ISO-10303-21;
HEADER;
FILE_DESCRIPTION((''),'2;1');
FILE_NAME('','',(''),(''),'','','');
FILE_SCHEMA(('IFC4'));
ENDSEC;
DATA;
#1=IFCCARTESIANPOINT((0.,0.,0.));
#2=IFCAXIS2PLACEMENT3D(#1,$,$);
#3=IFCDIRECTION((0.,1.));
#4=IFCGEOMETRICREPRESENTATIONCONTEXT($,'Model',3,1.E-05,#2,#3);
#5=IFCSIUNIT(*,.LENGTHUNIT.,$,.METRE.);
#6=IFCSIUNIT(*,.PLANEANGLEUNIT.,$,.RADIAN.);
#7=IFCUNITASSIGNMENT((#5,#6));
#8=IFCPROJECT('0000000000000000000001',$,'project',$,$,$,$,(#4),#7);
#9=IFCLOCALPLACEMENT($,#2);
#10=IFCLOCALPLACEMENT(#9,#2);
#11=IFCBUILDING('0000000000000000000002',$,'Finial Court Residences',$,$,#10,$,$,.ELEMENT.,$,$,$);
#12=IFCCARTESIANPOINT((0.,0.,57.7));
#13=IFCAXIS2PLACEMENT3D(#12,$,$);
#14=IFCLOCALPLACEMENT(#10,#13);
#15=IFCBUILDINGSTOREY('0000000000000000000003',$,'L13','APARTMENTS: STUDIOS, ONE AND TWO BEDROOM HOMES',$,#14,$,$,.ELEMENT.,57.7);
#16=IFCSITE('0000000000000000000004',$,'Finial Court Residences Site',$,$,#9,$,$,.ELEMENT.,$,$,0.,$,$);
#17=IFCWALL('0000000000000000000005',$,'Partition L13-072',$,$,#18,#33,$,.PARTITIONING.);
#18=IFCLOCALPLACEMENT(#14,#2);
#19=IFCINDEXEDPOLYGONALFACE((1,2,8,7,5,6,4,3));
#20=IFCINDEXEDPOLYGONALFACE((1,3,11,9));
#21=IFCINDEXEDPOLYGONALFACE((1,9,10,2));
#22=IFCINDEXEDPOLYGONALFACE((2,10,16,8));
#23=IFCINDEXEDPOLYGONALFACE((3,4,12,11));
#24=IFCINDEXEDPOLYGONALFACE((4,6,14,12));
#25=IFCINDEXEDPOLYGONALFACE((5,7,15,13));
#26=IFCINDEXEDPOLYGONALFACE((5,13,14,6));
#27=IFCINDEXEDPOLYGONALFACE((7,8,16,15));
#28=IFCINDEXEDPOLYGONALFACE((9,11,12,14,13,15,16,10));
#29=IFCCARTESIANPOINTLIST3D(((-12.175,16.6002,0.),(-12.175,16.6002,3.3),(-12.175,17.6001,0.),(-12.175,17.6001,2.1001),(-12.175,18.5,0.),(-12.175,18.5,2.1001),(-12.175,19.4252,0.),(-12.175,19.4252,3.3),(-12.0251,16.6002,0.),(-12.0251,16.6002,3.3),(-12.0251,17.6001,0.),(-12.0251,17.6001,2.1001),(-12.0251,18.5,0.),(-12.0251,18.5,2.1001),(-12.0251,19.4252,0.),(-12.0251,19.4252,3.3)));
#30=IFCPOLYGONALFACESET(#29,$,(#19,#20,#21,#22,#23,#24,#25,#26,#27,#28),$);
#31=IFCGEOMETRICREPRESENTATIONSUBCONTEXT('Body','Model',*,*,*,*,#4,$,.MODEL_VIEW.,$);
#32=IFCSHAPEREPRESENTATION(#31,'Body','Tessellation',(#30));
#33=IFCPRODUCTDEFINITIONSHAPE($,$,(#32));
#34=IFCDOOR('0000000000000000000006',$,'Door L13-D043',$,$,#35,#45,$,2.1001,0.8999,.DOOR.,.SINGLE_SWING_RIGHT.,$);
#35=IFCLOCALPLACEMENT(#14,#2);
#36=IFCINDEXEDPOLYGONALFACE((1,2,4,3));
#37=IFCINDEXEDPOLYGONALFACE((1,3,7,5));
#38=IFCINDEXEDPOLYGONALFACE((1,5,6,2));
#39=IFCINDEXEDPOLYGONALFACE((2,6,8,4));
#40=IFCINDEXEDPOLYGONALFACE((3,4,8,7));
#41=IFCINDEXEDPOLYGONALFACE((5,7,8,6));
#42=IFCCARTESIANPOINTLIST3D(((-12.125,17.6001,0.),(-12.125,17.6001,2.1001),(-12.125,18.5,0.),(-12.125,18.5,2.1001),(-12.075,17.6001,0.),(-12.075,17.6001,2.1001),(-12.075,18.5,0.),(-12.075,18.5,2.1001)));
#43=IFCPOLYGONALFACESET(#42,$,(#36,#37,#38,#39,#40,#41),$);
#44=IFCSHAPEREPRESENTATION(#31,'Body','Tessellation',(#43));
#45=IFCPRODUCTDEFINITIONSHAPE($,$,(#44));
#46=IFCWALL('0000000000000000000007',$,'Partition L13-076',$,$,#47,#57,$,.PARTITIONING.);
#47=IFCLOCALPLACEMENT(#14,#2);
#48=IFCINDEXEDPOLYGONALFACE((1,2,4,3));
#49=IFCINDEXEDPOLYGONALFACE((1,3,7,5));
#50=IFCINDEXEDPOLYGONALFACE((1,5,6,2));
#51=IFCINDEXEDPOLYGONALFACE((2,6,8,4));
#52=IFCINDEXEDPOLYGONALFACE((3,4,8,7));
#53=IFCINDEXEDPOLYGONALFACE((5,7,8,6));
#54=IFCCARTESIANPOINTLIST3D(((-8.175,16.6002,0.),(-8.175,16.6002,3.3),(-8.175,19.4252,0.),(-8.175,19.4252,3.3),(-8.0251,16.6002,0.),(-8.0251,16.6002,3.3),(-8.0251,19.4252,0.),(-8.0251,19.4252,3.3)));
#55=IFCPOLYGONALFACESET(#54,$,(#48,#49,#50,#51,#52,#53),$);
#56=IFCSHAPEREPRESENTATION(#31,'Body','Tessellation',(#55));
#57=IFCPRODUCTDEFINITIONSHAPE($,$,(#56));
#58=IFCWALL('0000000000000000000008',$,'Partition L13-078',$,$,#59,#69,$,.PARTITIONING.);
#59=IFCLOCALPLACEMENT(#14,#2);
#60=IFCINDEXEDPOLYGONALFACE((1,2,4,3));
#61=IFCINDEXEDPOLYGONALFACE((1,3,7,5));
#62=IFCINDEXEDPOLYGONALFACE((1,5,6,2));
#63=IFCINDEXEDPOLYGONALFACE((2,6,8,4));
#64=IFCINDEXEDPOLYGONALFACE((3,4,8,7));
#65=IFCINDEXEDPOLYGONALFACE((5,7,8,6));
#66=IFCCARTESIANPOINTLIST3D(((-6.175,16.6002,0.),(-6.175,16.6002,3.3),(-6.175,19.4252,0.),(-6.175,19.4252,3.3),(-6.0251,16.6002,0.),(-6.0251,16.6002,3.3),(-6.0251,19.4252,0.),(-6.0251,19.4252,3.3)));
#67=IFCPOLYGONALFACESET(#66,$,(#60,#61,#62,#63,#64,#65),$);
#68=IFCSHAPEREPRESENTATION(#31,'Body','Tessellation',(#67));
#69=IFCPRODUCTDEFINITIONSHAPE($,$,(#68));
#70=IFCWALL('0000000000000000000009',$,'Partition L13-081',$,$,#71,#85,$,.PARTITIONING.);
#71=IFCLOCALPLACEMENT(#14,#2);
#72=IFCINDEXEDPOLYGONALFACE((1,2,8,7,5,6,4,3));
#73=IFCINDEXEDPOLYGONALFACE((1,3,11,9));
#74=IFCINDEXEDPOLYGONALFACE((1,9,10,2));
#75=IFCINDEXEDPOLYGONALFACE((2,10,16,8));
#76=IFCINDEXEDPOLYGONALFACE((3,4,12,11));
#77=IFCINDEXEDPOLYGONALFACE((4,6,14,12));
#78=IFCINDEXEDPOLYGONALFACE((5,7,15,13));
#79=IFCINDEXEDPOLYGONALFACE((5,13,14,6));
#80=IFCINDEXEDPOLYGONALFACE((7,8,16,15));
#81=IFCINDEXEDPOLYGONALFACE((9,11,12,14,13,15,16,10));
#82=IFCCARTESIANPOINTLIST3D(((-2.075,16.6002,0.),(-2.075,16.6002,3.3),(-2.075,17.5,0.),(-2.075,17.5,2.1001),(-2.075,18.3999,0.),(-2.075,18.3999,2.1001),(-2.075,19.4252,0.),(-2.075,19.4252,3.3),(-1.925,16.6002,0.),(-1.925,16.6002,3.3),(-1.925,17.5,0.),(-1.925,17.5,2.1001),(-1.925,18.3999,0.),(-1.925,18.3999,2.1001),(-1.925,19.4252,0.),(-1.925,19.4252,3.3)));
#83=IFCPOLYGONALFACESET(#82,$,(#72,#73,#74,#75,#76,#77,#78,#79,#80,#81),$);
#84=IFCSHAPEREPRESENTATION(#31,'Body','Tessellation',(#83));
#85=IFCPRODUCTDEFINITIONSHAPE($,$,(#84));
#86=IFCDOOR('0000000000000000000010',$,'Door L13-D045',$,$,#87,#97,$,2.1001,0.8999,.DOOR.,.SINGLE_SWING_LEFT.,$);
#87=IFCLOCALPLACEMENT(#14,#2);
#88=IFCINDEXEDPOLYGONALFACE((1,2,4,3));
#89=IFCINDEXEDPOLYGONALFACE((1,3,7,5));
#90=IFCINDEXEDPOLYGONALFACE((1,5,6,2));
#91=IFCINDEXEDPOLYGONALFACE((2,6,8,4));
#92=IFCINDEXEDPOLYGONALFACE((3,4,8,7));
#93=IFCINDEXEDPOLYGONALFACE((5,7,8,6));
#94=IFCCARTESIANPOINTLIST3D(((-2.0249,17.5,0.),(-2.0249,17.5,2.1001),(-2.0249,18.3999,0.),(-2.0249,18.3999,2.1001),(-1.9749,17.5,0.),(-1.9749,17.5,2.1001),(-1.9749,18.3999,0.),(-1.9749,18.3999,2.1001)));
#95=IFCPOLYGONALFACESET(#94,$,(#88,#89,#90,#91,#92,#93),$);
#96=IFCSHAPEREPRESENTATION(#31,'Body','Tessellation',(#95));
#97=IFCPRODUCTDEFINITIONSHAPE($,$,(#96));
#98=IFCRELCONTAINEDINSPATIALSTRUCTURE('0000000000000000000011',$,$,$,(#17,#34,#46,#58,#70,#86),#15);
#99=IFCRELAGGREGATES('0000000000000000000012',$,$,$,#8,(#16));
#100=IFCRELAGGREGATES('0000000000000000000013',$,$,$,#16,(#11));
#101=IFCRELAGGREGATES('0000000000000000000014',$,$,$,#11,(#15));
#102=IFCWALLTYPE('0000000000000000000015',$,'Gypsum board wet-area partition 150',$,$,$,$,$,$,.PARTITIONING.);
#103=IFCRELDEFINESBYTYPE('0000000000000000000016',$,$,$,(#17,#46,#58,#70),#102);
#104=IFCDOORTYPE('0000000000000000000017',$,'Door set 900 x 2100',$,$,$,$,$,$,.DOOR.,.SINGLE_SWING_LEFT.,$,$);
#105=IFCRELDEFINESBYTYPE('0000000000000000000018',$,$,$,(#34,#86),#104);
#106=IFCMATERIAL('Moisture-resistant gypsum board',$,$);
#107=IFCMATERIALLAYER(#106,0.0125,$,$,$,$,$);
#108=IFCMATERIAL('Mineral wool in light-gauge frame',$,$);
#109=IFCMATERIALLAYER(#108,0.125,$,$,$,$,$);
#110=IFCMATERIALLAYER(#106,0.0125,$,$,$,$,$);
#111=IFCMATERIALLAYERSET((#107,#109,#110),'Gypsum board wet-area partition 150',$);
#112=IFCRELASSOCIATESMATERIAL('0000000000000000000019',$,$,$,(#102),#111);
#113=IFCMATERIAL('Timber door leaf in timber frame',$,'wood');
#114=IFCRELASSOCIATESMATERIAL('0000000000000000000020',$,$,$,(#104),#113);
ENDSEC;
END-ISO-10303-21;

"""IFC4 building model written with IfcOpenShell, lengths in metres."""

from ifc_helpers import new_model, si_unit, direction, frame, frame_2d, origin, place, context, subcontext, project, spatial, rectangle, extrude, material, layer, layer_set, type_object, element, fill, save


model = new_model("IFC4")

# Units and contexts
model_context = context("Model", 3, precision=1e-05, world=origin(), true_north=direction((0.0, 1.0)))
body_context = subcontext(model_context, "Body", "Model", "MODEL_VIEW")
ifc_project = project(units=[si_unit("LENGTHUNIT", "METRE"), si_unit("PLANEANGLEUNIT", "RADIAN")], contexts=[model_context])

# Site, building, storey
site_placement = place(None, origin())
site = spatial("IfcSite", under=ifc_project, at=site_placement, Name="Finial Court Residences Site", CompositionType="ELEMENT", RefElevation=0.0)
building_placement = place(site_placement, origin())
building = spatial("IfcBuilding", under=site, at=building_placement, Name="Finial Court Residences", CompositionType="ELEMENT")
storey_placement = place(building_placement, frame((0.0, 0.0, 57.7)))
storey = spatial("IfcBuildingStorey", under=building, at=storey_placement, Name="L13", Description="APARTMENTS: STUDIOS, ONE AND TWO BEDROOM HOMES", CompositionType="ELEMENT", Elevation=57.7)

# Wall, opening, door
ifc_material_1 = material(Name="Moisture-resistant gypsum board")
ifc_layer_1 = layer(ifc_material_1, 0.0125)
ifc_material_2 = material(Name="Mineral wool in light-gauge frame")
ifc_layer_2 = layer(ifc_material_2, 0.125)
ifc_layer_3 = layer(ifc_material_1, 0.0125)
ifc_layer_set_1 = layer_set([ifc_layer_1, ifc_layer_2, ifc_layer_3], Name="Gypsum board wet-area partition 150")
wall_type_1 = type_object("IfcWallType", Name="Gypsum board wet-area partition 150", PredefinedType="PARTITIONING", material=ifc_layer_set_1)
ifc_material_3 = material(Name="Timber door leaf in timber frame", Category="wood")
door_type = type_object("IfcDoorType", Name="Door set 900 x 2100", OperationType="SINGLE_SWING_LEFT", PredefinedType="DOOR", material=ifc_material_3)
wall_1_placement = place(storey_placement, frame((-12.1001, 16.6001, 0.0), z_axis=(0.0, 0.0, 1.0), x_axis=(0.0, 1.0, 0.0)))
wall_1 = element("IfcWall", 1, at=wall_1_placement, inside=storey, type_object=wall_type_1, Name="Partition L13-072", PredefinedType="PARTITIONING", context=body_context, shape_type="SweptSolid", body=[
    extrude(rectangle(XDim=2.825, YDim=0.1499, at=frame_2d((1.4126, 0.0))), origin(), (0.0, 0.0, 1.0), 3.3),
])
opening_1_placement = place(wall_1_placement, frame((1.0, 0.0, 0.0)))
opening_1 = element("IfcOpeningElement", 2, at=opening_1_placement, cuts=wall_1, PredefinedType="OPENING", context=body_context, shape_type="SweptSolid", body=[
    extrude(rectangle(XDim=0.8999, YDim=2.1001, at=frame_2d((0.45, 1.05))), frame((0.0, 0.085, 0.0), z_axis=(0.0, -1.0, 0.0), x_axis=(1.0, 0.0, 0.0)), (0.0, 0.0, 1.0), 0.1699),
])
door_1_placement = place(opening_1_placement, origin())
door_1 = element("IfcDoor", 3, at=door_1_placement, inside=storey, type_object=door_type, Name="Door L13-D043", OperationType="SINGLE_SWING_RIGHT", OverallHeight=2.1001, OverallWidth=0.8999, PredefinedType="DOOR", context=body_context, shape_type="SweptSolid", body=[
    extrude(rectangle(XDim=0.8999, YDim=2.1001, at=frame_2d((0.45, 1.05))), frame((0.0, 0.0249, 0.0), z_axis=(0.0, -1.0, 0.0), x_axis=(1.0, 0.0, 0.0)), (0.0, 0.0, 1.0), 0.05),
])
fill(opening_1, door_1)

# Walls
for number, where, z_axis, x_axis, name in (
    (4, (-8.1001, 16.6001, 0.0), (0.0, 0.0, 1.0), (0.0, 1.0, 0.0), "Partition L13-076"),
    (5, (-6.1001, 16.6001, 0.0), (0.0, 0.0, 1.0), (0.0, 1.0, 0.0), "Partition L13-078"),
):
    element("IfcWall", number, at=place(storey_placement, frame(where, z_axis=z_axis, x_axis=x_axis)), inside=storey, type_object=wall_type_1, Name=name, PredefinedType="PARTITIONING", context=body_context, shape_type="SweptSolid", body=[
        extrude(rectangle(XDim=2.825, YDim=0.1499, at=frame_2d((1.4126, 0.0))), origin(), (0.0, 0.0, 1.0), 3.3),
    ])

# Wall, opening, door
wall_2_placement = place(storey_placement, frame((-2.0, 16.6001, 0.0), z_axis=(0.0, 0.0, 1.0), x_axis=(0.0, 1.0, 0.0)))
wall_2 = element("IfcWall", 6, at=wall_2_placement, inside=storey, type_object=wall_type_1, Name="Partition L13-081", PredefinedType="PARTITIONING", context=body_context, shape_type="SweptSolid", body=[
    extrude(rectangle(XDim=2.825, YDim=0.1499, at=frame_2d((1.4126, 0.0))), origin(), (0.0, 0.0, 1.0), 3.3),
])
opening_2_placement = place(wall_2_placement, frame((0.8999, 0.0, 0.0)))
opening_2 = element("IfcOpeningElement", 7, at=opening_2_placement, cuts=wall_2, PredefinedType="OPENING", context=body_context, shape_type="SweptSolid", body=[
    extrude(rectangle(XDim=0.8999, YDim=2.1001, at=frame_2d((0.45, 1.05))), frame((0.0, 0.085, 0.0), z_axis=(0.0, -1.0, 0.0), x_axis=(1.0, 0.0, 0.0)), (0.0, 0.0, 1.0), 0.1699),
])
door_2_placement = place(opening_2_placement, origin())
door_2 = element("IfcDoor", 8, at=door_2_placement, inside=storey, type_object=door_type, Name="Door L13-D045", OperationType="SINGLE_SWING_LEFT", OverallHeight=2.1001, OverallWidth=0.8999, PredefinedType="DOOR", context=body_context, shape_type="SweptSolid", body=[
    extrude(rectangle(XDim=0.8999, YDim=2.1001, at=frame_2d((0.45, 1.05))), frame((0.0, 0.0249, 0.0), z_axis=(0.0, -1.0, 0.0), x_axis=(1.0, 0.0, 0.0)), (0.0, 0.0, 1.0), 0.05),
])
fill(opening_2, door_2)

save(model, "model.ifc")
